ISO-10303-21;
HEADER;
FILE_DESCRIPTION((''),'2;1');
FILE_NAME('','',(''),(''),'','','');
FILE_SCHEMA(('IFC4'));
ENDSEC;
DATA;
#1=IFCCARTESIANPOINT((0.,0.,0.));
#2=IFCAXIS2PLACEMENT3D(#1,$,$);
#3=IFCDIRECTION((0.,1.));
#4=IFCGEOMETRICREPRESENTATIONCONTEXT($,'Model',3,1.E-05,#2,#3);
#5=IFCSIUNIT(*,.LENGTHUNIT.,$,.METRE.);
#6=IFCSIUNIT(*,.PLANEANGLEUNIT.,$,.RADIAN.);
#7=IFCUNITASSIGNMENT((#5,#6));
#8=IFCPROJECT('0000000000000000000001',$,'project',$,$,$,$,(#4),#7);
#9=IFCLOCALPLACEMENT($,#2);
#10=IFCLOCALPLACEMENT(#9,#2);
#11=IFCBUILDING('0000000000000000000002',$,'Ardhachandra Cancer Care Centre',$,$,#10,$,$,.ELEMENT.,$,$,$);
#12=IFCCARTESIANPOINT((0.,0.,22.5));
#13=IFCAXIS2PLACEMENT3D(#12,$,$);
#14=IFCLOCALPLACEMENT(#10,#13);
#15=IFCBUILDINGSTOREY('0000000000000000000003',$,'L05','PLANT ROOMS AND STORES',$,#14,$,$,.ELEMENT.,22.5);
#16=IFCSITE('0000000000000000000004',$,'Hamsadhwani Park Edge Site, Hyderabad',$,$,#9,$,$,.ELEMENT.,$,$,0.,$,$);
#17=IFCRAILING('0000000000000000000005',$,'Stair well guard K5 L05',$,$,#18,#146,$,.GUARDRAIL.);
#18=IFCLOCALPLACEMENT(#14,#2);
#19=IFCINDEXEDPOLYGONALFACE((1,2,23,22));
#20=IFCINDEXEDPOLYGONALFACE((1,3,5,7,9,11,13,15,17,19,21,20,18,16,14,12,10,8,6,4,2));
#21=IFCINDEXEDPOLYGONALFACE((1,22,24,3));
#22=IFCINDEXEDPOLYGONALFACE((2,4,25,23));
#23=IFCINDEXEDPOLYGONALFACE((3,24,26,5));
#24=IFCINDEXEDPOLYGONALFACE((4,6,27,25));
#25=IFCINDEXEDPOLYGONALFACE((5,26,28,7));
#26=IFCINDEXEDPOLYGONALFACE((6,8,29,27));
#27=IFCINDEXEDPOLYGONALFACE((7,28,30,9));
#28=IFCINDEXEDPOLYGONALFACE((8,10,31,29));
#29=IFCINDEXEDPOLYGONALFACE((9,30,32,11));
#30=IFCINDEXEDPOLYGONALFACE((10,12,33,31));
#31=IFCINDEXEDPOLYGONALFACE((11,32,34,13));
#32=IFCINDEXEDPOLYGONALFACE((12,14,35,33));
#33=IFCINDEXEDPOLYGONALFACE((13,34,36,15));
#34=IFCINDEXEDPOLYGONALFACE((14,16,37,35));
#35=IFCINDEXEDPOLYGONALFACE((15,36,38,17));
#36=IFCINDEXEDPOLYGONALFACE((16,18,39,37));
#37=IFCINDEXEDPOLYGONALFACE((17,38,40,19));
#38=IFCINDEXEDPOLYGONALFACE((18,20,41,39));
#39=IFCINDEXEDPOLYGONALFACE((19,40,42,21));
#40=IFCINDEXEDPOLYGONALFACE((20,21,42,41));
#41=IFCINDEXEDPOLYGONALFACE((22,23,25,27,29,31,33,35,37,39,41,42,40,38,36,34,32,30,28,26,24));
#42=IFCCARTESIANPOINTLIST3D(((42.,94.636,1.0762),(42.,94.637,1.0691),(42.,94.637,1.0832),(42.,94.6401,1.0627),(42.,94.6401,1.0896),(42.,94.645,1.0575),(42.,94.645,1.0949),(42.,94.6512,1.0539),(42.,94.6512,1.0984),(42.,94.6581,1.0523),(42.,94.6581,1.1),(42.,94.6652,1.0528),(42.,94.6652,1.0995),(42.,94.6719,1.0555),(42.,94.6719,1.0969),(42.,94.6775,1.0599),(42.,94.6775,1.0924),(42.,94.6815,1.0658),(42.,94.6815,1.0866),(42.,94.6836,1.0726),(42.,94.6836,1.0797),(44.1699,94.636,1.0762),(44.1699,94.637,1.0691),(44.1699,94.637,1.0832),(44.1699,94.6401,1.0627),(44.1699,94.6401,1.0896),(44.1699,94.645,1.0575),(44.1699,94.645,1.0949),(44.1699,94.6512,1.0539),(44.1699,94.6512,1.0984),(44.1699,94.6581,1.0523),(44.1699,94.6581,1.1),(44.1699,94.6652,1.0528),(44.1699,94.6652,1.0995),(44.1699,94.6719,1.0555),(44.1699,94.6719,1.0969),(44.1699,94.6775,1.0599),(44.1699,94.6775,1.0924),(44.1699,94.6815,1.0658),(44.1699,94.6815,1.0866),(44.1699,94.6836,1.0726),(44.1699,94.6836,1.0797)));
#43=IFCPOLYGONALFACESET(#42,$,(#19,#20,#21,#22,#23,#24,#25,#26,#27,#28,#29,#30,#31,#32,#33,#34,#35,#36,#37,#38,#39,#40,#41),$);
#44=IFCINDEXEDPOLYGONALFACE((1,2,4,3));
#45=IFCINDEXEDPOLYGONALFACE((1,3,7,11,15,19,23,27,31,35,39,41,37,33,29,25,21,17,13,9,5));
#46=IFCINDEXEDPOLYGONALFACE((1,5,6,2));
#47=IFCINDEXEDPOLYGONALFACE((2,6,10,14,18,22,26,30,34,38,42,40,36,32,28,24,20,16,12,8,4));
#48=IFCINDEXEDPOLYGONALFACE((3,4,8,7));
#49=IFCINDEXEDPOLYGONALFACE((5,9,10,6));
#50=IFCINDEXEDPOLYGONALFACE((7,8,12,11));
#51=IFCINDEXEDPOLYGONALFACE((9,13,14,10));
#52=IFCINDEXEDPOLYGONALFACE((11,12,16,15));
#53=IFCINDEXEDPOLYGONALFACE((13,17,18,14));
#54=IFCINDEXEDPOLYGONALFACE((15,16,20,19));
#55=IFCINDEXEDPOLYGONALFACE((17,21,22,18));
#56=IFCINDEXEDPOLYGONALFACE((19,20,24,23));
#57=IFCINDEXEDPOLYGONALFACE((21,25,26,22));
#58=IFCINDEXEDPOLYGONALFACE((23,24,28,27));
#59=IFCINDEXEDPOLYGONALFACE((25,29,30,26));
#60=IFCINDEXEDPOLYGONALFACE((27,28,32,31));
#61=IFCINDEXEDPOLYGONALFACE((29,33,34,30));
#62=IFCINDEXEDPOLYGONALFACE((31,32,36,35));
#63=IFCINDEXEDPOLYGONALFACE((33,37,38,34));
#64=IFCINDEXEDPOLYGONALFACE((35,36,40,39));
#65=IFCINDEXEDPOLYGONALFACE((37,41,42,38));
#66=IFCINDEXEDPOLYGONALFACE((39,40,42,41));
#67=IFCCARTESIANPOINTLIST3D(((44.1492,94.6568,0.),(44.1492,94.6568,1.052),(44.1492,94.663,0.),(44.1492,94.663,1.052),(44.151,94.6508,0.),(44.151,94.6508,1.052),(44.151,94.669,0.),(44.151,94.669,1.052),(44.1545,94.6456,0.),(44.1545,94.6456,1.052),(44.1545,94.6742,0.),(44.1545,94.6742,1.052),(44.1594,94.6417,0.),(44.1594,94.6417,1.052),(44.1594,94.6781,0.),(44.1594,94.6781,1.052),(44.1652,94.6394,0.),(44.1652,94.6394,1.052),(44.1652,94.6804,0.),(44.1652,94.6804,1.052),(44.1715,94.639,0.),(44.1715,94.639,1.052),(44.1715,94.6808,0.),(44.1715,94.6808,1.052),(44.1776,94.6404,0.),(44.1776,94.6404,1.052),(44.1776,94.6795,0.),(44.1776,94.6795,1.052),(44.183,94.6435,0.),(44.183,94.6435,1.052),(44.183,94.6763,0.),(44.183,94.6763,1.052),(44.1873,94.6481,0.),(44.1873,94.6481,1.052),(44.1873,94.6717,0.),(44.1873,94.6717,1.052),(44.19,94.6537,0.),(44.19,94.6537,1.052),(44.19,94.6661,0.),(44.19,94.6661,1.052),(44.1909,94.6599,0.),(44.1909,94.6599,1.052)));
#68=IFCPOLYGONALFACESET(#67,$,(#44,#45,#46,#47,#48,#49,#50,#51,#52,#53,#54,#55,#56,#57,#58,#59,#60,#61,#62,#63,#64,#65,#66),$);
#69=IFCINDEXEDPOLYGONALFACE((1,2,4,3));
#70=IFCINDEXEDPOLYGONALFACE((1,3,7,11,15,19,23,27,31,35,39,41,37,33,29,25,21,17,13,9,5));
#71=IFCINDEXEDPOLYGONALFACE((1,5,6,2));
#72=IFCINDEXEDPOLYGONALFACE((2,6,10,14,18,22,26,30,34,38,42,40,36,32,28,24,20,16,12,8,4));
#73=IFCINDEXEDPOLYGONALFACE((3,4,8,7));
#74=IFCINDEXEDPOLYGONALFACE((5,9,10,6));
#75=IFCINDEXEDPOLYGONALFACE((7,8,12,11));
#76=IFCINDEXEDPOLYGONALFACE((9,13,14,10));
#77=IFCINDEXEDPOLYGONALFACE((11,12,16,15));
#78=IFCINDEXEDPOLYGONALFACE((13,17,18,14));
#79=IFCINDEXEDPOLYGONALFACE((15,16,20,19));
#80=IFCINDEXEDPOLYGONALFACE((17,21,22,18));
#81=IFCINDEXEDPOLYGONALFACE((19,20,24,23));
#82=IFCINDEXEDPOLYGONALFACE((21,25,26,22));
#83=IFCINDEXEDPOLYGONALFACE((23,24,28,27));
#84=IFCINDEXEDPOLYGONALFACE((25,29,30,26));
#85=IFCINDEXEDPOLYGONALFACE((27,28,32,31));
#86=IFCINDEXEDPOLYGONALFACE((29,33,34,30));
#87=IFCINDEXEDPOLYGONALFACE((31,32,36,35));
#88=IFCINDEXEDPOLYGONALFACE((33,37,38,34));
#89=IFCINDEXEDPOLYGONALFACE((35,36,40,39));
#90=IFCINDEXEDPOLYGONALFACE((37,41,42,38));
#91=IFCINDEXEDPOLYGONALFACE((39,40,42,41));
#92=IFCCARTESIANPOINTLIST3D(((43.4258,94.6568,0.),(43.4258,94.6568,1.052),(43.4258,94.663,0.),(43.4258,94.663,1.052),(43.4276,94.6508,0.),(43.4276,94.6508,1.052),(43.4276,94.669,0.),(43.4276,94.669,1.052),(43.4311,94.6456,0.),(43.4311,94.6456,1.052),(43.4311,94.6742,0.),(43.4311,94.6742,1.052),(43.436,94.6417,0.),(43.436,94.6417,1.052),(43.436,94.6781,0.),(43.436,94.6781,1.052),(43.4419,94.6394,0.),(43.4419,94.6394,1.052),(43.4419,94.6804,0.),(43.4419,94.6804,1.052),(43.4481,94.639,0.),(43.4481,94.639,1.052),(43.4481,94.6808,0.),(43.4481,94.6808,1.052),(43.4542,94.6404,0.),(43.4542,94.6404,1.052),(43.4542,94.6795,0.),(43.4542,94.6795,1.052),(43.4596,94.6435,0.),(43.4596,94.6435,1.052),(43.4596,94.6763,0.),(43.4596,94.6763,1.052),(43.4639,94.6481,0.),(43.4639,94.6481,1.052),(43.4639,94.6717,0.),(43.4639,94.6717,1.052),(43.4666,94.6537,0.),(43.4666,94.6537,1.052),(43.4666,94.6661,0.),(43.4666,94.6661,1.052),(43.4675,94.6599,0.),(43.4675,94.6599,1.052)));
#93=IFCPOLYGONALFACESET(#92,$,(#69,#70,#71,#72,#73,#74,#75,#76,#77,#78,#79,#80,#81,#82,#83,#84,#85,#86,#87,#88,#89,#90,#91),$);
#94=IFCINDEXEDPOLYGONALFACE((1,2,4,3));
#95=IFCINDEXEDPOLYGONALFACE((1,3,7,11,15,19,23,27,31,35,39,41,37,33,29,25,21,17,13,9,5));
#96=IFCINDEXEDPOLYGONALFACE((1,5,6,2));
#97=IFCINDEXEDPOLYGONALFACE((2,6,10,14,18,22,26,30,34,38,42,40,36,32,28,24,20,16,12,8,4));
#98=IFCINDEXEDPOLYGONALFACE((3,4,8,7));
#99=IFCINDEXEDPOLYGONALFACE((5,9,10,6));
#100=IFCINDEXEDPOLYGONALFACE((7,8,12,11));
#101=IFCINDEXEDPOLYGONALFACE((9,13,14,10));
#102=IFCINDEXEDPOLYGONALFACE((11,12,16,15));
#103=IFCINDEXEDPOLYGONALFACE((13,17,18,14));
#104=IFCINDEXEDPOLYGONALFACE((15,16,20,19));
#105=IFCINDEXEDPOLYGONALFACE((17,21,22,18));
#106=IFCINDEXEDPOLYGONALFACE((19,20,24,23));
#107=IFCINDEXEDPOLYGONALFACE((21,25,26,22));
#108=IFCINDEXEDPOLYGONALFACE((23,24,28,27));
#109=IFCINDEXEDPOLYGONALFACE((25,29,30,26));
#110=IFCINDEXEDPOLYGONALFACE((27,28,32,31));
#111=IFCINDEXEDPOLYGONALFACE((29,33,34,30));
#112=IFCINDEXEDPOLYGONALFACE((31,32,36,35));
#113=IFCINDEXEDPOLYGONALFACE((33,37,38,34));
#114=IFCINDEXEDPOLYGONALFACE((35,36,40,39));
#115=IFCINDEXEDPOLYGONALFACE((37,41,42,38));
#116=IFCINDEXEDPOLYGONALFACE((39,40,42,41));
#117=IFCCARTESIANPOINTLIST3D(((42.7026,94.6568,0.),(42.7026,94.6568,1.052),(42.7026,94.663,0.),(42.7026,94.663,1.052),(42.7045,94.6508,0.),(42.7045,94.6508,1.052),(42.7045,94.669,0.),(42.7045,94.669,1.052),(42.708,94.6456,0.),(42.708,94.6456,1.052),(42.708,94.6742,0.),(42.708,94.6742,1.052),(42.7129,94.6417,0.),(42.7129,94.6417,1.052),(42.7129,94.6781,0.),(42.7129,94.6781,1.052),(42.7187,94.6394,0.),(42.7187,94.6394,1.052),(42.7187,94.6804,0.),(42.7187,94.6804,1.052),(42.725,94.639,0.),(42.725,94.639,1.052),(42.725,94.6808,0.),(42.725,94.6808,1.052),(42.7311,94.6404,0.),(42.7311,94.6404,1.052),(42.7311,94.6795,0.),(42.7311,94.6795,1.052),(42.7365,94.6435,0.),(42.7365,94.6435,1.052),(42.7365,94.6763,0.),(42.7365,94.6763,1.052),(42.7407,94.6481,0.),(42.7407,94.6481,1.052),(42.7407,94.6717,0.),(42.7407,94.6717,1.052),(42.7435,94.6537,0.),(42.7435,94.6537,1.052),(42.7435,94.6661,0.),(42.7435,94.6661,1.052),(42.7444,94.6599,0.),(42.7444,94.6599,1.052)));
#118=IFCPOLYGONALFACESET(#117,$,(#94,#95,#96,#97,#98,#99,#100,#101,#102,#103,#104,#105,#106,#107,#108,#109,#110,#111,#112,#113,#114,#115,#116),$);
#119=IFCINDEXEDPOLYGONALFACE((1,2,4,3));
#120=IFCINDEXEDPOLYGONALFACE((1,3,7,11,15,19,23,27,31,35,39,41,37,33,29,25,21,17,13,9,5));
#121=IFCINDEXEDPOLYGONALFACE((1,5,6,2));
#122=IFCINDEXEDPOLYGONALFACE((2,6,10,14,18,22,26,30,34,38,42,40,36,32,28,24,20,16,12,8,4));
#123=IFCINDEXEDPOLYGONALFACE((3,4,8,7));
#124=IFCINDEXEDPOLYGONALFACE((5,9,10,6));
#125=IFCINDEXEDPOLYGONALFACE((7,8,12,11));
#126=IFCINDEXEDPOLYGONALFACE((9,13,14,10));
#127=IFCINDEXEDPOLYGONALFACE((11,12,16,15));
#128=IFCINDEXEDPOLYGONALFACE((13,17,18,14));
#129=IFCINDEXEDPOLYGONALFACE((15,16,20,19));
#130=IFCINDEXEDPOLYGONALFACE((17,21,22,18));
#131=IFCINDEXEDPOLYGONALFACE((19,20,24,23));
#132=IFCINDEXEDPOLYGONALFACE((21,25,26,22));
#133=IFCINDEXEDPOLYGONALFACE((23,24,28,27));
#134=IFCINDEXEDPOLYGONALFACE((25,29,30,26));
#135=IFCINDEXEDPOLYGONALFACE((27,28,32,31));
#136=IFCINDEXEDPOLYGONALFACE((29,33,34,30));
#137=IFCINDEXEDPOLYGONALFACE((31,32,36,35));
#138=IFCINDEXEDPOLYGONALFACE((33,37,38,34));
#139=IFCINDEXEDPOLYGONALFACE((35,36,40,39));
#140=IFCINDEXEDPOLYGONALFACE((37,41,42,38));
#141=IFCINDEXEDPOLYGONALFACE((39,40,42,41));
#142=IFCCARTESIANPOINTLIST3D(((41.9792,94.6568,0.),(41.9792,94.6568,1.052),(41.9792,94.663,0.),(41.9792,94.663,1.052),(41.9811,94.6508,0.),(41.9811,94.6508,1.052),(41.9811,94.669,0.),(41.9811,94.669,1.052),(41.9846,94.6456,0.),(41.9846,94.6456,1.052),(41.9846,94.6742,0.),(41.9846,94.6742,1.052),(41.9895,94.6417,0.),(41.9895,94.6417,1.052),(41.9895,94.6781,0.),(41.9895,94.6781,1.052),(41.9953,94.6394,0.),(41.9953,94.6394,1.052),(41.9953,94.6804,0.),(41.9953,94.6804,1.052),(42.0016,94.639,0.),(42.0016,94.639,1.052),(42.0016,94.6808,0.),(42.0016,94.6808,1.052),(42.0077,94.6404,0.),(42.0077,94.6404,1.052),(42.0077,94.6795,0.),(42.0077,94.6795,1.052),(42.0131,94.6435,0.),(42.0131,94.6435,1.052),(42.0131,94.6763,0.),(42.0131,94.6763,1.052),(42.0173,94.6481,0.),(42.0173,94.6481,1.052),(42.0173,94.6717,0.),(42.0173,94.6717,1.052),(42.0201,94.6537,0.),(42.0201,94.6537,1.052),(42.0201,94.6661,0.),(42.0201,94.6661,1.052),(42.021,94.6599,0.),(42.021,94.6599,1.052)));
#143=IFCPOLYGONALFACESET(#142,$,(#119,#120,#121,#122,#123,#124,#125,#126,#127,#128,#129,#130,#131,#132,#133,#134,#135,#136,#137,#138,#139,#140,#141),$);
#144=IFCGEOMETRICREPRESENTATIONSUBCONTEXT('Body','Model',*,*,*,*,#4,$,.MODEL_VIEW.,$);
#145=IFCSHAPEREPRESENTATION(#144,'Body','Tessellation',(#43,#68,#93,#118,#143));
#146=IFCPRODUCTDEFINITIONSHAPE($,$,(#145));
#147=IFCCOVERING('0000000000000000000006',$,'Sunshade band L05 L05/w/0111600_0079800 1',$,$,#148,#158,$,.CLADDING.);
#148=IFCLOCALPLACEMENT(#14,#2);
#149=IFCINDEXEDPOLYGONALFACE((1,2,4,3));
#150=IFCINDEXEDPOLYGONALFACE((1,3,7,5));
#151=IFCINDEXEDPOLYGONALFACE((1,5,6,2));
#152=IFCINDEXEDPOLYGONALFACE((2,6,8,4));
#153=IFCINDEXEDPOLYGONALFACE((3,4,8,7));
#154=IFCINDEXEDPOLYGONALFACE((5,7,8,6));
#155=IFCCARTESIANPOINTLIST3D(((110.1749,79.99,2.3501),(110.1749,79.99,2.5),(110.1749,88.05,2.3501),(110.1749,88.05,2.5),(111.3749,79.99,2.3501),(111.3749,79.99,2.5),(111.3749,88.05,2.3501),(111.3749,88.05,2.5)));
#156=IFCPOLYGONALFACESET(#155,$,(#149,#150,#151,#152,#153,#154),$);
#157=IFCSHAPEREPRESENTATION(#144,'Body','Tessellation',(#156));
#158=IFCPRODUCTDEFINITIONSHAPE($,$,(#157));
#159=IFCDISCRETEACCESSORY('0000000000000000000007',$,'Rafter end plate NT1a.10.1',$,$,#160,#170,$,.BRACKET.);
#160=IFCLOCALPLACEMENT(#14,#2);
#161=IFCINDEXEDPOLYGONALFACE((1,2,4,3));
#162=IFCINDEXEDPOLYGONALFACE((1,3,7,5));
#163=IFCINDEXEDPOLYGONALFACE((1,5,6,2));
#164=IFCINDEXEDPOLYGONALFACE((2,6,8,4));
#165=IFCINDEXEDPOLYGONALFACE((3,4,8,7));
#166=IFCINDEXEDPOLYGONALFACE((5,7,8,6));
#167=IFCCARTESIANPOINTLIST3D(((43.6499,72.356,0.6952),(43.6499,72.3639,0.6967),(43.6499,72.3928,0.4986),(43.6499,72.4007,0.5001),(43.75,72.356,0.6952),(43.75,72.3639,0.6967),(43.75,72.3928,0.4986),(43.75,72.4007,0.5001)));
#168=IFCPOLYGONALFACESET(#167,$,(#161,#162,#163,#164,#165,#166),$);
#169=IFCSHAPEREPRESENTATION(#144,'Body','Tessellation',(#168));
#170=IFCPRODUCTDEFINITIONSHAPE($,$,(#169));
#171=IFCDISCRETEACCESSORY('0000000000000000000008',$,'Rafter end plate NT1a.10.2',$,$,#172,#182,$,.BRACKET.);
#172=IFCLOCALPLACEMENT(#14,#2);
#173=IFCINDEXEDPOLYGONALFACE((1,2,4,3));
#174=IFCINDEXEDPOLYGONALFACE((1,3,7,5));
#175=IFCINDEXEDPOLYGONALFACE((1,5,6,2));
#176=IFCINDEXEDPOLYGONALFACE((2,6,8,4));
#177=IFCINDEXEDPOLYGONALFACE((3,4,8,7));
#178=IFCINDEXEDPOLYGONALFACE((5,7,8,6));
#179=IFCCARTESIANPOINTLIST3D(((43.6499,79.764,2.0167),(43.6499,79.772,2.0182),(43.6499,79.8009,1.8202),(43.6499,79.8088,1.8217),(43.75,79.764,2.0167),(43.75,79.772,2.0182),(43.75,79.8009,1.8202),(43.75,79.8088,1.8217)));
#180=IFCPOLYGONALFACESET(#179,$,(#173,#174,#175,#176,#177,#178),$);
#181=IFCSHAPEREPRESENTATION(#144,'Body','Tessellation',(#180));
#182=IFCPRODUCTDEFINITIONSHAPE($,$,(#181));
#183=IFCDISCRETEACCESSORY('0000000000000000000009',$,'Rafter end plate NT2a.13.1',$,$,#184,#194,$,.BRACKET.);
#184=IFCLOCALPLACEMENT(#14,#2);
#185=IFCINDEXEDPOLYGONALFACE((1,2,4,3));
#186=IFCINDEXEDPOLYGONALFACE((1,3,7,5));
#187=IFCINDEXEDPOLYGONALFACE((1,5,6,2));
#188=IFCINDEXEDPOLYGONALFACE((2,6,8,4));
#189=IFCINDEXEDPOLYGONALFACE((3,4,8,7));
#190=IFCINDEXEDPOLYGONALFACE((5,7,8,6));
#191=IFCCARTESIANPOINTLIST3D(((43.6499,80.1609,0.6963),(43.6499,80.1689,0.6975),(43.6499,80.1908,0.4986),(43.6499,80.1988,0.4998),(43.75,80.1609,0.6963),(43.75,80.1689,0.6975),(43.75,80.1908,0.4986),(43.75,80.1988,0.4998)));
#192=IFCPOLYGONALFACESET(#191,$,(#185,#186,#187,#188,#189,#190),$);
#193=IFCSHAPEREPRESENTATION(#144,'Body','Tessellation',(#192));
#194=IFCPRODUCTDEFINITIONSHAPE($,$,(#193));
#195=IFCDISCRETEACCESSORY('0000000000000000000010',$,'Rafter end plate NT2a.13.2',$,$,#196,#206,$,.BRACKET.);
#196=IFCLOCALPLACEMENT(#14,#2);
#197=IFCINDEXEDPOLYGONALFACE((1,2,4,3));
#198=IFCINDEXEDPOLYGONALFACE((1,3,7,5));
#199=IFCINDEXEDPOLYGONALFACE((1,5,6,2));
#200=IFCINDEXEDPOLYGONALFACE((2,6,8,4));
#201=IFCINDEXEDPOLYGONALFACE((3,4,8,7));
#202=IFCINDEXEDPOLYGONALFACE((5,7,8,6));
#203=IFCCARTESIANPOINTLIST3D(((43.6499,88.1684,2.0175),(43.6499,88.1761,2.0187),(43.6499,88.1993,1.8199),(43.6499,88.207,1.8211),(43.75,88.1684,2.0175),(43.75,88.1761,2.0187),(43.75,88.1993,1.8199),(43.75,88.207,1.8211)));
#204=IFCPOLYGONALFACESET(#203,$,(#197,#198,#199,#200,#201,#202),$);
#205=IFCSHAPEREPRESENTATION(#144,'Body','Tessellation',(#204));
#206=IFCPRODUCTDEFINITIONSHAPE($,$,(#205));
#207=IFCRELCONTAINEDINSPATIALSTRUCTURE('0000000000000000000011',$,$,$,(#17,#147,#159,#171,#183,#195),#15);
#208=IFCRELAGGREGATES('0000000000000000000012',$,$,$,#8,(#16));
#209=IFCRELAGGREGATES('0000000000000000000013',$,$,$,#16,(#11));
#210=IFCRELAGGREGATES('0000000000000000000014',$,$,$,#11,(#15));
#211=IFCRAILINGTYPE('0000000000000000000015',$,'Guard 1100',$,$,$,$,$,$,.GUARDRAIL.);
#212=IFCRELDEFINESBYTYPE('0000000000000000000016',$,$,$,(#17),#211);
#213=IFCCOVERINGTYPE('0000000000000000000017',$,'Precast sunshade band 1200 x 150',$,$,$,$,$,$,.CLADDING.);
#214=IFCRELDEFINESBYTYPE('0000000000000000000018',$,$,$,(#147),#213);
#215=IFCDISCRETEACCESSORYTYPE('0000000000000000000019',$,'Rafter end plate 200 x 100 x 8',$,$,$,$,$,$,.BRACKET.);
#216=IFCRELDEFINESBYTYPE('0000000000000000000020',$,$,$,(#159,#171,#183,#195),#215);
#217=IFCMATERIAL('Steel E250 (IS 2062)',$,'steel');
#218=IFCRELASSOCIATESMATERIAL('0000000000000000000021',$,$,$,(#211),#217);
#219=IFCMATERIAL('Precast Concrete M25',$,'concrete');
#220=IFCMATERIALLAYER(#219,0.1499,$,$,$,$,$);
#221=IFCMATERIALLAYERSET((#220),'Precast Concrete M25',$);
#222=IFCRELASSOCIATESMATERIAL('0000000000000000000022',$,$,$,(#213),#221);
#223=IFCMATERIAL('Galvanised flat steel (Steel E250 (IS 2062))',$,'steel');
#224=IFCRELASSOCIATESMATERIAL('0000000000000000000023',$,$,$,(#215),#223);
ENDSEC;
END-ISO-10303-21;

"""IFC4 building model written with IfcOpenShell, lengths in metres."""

from ifc_helpers import new_model, si_unit, direction, frame, origin, origin_2d, place, context, subcontext, project, spatial, rectangle, circle, extrude, material, layer, layer_set, material_profile, profile_set, type_object, element, save


model = new_model("IFC4")

# Units and contexts
model_context = context("Model", 3, precision=1e-05, world=origin(), true_north=direction((0.0, 1.0)))
body_context = subcontext(model_context, "Body", "Model", "MODEL_VIEW")
ifc_project = project(units=[si_unit("LENGTHUNIT", "METRE"), si_unit("PLANEANGLEUNIT", "RADIAN")], contexts=[model_context])

# Site, building, storey
site_placement = place(None, origin())
site = spatial("IfcSite", under=ifc_project, at=site_placement, Name="Hamsadhwani Park Edge Site, Hyderabad", CompositionType="ELEMENT", RefElevation=0.0)
building_placement = place(site_placement, origin())
building = spatial("IfcBuilding", under=site, at=building_placement, Name="Ardhachandra Cancer Care Centre", CompositionType="ELEMENT")
storey_placement = place(building_placement, frame((0.0, 0.0, 22.5)))
storey = spatial("IfcBuildingStorey", under=building, at=storey_placement, Name="L05", Description="PLANT ROOMS AND STORES", CompositionType="ELEMENT", Elevation=22.5)

# Railing
ifc_material_1 = material(Name="Steel E250 (IS 2062)", Category="steel")
railing_type = type_object("IfcRailingType", Name="Guard 1100", PredefinedType="GUARDRAIL", material=ifc_material_1)
railing_placement = place(storey_placement, frame((44.1699, 94.6599, 0.0)))
element("IfcRailing", 1, at=railing_placement, inside=storey, type_object=railing_type, Name="Stair well guard K5 L05", PredefinedType="GUARDRAIL", context=body_context, shape_type="SweptSolid", body=[
    extrude(circle(Radius=0.0239, at=origin_2d()), frame((0.0, 0.0, 1.0762), z_axis=(-1.0, 0.0, 0.0), x_axis=(0.0, -1.0, 0.0)), (0.0, 0.0, 1.0), 2.1699),
    extrude(circle(Radius=0.021, at=origin_2d()), origin(), (0.0, 0.0, 1.0), 1.052),
    extrude(circle(Radius=0.021, at=origin_2d()), frame((-0.7234, 0.0, 0.0)), (0.0, 0.0, 1.0), 1.052),
    extrude(circle(Radius=0.021, at=origin_2d()), frame((-1.4465, 0.0, 0.0)), (0.0, 0.0, 1.0), 1.052),
    extrude(circle(Radius=0.021, at=origin_2d()), frame((-2.1699, 0.0, 0.0)), (0.0, 0.0, 1.0), 1.052),
])

# Covering
ifc_material_2 = material(Name="Precast Concrete M25", Category="concrete")
ifc_layer_1 = layer(ifc_material_2, 0.1499)
ifc_layer_set_1 = layer_set([ifc_layer_1], Name="Precast Concrete M25")
covering_type = type_object("IfcCoveringType", Name="Precast sunshade band 1200 x 150", PredefinedType="CLADDING", material=ifc_layer_set_1)
covering_placement = place(storey_placement, frame((110.7749, 84.02, 2.3501), z_axis=(0.0, 0.0, 1.0), x_axis=(0.0, 1.0, 0.0)))
element("IfcCovering", 2, at=covering_placement, inside=storey, type_object=covering_type, Name="Sunshade band L05 L05/w/0111600_0079800 1", PredefinedType="CLADDING", context=body_context, shape_type="SweptSolid", body=[
    extrude(rectangle(XDim=8.0601, YDim=1.2, at=origin_2d()), origin(), (0.0, 0.0, 1.0), 0.1499),
])

# Discrete accessories
ifc_material_3 = material(Name="Galvanised flat steel (Steel E250 (IS 2062))", Category="steel")
ifc_material_profile_1 = material_profile(ifc_material_3, rectangle(XDim=0.1001, YDim=0.2, at=origin_2d()), Name="Rafter end plate 200 x 100 x 8")
ifc_profile_set_1 = profile_set([ifc_material_profile_1], Name="Galvanised flat steel (Steel E250 (IS 2062))")
discrete_accessory_type_1 = type_object("IfcDiscreteAccessoryType", Name="Rafter end plate 200 x 100 x 8", PredefinedType="BRACKET", material=ifc_profile_set_1)
for number, where, z_axis, x_axis, name in (
    (3, (43.7, 72.3823, 0.5984), (0.0, -0.982872, -0.184289), (1.0, 0.0, 0.0), "Rafter end plate NT1a.10.1"),
    (4, (43.7, 79.7825, 1.9185), (0.0, 0.982872, 0.184289), (-1.0, 0.0, 0.0), "Rafter end plate NT1a.10.2"),
    (5, (43.7, 80.1838, 0.5986), (0.0, -0.988716, -0.149805), (1.0, 0.0, 0.0), "Rafter end plate NT2a.13.1"),
):
    element("IfcDiscreteAccessory", number, at=place(storey_placement, frame(where, z_axis=z_axis, x_axis=x_axis)), inside=storey, type_object=discrete_accessory_type_1, Name=name, PredefinedType="BRACKET", context=body_context, shape_type="SweptSolid", body=[
        extrude(rectangle(XDim=0.1001, YDim=0.2, at=origin_2d()), origin(), (0.0, 0.0, 1.0), 0.0081),
    ])
discrete_accessory_1_placement = place(storey_placement, frame((43.7, 88.1838, 1.9187), z_axis=(0.0, 0.988012, 0.154377), x_axis=(-1.0, 0.0, 0.0)))
element("IfcDiscreteAccessory", 6, at=discrete_accessory_1_placement, inside=storey, type_object=discrete_accessory_type_1, Name="Rafter end plate NT2a.13.2", PredefinedType="BRACKET", context=body_context, shape_type="SweptSolid", body=[
    extrude(rectangle(XDim=0.1001, YDim=0.2, at=origin_2d()), origin(), (0.0, 0.0, 1.0), 0.0078),
])

save(model, "model.ifc")
